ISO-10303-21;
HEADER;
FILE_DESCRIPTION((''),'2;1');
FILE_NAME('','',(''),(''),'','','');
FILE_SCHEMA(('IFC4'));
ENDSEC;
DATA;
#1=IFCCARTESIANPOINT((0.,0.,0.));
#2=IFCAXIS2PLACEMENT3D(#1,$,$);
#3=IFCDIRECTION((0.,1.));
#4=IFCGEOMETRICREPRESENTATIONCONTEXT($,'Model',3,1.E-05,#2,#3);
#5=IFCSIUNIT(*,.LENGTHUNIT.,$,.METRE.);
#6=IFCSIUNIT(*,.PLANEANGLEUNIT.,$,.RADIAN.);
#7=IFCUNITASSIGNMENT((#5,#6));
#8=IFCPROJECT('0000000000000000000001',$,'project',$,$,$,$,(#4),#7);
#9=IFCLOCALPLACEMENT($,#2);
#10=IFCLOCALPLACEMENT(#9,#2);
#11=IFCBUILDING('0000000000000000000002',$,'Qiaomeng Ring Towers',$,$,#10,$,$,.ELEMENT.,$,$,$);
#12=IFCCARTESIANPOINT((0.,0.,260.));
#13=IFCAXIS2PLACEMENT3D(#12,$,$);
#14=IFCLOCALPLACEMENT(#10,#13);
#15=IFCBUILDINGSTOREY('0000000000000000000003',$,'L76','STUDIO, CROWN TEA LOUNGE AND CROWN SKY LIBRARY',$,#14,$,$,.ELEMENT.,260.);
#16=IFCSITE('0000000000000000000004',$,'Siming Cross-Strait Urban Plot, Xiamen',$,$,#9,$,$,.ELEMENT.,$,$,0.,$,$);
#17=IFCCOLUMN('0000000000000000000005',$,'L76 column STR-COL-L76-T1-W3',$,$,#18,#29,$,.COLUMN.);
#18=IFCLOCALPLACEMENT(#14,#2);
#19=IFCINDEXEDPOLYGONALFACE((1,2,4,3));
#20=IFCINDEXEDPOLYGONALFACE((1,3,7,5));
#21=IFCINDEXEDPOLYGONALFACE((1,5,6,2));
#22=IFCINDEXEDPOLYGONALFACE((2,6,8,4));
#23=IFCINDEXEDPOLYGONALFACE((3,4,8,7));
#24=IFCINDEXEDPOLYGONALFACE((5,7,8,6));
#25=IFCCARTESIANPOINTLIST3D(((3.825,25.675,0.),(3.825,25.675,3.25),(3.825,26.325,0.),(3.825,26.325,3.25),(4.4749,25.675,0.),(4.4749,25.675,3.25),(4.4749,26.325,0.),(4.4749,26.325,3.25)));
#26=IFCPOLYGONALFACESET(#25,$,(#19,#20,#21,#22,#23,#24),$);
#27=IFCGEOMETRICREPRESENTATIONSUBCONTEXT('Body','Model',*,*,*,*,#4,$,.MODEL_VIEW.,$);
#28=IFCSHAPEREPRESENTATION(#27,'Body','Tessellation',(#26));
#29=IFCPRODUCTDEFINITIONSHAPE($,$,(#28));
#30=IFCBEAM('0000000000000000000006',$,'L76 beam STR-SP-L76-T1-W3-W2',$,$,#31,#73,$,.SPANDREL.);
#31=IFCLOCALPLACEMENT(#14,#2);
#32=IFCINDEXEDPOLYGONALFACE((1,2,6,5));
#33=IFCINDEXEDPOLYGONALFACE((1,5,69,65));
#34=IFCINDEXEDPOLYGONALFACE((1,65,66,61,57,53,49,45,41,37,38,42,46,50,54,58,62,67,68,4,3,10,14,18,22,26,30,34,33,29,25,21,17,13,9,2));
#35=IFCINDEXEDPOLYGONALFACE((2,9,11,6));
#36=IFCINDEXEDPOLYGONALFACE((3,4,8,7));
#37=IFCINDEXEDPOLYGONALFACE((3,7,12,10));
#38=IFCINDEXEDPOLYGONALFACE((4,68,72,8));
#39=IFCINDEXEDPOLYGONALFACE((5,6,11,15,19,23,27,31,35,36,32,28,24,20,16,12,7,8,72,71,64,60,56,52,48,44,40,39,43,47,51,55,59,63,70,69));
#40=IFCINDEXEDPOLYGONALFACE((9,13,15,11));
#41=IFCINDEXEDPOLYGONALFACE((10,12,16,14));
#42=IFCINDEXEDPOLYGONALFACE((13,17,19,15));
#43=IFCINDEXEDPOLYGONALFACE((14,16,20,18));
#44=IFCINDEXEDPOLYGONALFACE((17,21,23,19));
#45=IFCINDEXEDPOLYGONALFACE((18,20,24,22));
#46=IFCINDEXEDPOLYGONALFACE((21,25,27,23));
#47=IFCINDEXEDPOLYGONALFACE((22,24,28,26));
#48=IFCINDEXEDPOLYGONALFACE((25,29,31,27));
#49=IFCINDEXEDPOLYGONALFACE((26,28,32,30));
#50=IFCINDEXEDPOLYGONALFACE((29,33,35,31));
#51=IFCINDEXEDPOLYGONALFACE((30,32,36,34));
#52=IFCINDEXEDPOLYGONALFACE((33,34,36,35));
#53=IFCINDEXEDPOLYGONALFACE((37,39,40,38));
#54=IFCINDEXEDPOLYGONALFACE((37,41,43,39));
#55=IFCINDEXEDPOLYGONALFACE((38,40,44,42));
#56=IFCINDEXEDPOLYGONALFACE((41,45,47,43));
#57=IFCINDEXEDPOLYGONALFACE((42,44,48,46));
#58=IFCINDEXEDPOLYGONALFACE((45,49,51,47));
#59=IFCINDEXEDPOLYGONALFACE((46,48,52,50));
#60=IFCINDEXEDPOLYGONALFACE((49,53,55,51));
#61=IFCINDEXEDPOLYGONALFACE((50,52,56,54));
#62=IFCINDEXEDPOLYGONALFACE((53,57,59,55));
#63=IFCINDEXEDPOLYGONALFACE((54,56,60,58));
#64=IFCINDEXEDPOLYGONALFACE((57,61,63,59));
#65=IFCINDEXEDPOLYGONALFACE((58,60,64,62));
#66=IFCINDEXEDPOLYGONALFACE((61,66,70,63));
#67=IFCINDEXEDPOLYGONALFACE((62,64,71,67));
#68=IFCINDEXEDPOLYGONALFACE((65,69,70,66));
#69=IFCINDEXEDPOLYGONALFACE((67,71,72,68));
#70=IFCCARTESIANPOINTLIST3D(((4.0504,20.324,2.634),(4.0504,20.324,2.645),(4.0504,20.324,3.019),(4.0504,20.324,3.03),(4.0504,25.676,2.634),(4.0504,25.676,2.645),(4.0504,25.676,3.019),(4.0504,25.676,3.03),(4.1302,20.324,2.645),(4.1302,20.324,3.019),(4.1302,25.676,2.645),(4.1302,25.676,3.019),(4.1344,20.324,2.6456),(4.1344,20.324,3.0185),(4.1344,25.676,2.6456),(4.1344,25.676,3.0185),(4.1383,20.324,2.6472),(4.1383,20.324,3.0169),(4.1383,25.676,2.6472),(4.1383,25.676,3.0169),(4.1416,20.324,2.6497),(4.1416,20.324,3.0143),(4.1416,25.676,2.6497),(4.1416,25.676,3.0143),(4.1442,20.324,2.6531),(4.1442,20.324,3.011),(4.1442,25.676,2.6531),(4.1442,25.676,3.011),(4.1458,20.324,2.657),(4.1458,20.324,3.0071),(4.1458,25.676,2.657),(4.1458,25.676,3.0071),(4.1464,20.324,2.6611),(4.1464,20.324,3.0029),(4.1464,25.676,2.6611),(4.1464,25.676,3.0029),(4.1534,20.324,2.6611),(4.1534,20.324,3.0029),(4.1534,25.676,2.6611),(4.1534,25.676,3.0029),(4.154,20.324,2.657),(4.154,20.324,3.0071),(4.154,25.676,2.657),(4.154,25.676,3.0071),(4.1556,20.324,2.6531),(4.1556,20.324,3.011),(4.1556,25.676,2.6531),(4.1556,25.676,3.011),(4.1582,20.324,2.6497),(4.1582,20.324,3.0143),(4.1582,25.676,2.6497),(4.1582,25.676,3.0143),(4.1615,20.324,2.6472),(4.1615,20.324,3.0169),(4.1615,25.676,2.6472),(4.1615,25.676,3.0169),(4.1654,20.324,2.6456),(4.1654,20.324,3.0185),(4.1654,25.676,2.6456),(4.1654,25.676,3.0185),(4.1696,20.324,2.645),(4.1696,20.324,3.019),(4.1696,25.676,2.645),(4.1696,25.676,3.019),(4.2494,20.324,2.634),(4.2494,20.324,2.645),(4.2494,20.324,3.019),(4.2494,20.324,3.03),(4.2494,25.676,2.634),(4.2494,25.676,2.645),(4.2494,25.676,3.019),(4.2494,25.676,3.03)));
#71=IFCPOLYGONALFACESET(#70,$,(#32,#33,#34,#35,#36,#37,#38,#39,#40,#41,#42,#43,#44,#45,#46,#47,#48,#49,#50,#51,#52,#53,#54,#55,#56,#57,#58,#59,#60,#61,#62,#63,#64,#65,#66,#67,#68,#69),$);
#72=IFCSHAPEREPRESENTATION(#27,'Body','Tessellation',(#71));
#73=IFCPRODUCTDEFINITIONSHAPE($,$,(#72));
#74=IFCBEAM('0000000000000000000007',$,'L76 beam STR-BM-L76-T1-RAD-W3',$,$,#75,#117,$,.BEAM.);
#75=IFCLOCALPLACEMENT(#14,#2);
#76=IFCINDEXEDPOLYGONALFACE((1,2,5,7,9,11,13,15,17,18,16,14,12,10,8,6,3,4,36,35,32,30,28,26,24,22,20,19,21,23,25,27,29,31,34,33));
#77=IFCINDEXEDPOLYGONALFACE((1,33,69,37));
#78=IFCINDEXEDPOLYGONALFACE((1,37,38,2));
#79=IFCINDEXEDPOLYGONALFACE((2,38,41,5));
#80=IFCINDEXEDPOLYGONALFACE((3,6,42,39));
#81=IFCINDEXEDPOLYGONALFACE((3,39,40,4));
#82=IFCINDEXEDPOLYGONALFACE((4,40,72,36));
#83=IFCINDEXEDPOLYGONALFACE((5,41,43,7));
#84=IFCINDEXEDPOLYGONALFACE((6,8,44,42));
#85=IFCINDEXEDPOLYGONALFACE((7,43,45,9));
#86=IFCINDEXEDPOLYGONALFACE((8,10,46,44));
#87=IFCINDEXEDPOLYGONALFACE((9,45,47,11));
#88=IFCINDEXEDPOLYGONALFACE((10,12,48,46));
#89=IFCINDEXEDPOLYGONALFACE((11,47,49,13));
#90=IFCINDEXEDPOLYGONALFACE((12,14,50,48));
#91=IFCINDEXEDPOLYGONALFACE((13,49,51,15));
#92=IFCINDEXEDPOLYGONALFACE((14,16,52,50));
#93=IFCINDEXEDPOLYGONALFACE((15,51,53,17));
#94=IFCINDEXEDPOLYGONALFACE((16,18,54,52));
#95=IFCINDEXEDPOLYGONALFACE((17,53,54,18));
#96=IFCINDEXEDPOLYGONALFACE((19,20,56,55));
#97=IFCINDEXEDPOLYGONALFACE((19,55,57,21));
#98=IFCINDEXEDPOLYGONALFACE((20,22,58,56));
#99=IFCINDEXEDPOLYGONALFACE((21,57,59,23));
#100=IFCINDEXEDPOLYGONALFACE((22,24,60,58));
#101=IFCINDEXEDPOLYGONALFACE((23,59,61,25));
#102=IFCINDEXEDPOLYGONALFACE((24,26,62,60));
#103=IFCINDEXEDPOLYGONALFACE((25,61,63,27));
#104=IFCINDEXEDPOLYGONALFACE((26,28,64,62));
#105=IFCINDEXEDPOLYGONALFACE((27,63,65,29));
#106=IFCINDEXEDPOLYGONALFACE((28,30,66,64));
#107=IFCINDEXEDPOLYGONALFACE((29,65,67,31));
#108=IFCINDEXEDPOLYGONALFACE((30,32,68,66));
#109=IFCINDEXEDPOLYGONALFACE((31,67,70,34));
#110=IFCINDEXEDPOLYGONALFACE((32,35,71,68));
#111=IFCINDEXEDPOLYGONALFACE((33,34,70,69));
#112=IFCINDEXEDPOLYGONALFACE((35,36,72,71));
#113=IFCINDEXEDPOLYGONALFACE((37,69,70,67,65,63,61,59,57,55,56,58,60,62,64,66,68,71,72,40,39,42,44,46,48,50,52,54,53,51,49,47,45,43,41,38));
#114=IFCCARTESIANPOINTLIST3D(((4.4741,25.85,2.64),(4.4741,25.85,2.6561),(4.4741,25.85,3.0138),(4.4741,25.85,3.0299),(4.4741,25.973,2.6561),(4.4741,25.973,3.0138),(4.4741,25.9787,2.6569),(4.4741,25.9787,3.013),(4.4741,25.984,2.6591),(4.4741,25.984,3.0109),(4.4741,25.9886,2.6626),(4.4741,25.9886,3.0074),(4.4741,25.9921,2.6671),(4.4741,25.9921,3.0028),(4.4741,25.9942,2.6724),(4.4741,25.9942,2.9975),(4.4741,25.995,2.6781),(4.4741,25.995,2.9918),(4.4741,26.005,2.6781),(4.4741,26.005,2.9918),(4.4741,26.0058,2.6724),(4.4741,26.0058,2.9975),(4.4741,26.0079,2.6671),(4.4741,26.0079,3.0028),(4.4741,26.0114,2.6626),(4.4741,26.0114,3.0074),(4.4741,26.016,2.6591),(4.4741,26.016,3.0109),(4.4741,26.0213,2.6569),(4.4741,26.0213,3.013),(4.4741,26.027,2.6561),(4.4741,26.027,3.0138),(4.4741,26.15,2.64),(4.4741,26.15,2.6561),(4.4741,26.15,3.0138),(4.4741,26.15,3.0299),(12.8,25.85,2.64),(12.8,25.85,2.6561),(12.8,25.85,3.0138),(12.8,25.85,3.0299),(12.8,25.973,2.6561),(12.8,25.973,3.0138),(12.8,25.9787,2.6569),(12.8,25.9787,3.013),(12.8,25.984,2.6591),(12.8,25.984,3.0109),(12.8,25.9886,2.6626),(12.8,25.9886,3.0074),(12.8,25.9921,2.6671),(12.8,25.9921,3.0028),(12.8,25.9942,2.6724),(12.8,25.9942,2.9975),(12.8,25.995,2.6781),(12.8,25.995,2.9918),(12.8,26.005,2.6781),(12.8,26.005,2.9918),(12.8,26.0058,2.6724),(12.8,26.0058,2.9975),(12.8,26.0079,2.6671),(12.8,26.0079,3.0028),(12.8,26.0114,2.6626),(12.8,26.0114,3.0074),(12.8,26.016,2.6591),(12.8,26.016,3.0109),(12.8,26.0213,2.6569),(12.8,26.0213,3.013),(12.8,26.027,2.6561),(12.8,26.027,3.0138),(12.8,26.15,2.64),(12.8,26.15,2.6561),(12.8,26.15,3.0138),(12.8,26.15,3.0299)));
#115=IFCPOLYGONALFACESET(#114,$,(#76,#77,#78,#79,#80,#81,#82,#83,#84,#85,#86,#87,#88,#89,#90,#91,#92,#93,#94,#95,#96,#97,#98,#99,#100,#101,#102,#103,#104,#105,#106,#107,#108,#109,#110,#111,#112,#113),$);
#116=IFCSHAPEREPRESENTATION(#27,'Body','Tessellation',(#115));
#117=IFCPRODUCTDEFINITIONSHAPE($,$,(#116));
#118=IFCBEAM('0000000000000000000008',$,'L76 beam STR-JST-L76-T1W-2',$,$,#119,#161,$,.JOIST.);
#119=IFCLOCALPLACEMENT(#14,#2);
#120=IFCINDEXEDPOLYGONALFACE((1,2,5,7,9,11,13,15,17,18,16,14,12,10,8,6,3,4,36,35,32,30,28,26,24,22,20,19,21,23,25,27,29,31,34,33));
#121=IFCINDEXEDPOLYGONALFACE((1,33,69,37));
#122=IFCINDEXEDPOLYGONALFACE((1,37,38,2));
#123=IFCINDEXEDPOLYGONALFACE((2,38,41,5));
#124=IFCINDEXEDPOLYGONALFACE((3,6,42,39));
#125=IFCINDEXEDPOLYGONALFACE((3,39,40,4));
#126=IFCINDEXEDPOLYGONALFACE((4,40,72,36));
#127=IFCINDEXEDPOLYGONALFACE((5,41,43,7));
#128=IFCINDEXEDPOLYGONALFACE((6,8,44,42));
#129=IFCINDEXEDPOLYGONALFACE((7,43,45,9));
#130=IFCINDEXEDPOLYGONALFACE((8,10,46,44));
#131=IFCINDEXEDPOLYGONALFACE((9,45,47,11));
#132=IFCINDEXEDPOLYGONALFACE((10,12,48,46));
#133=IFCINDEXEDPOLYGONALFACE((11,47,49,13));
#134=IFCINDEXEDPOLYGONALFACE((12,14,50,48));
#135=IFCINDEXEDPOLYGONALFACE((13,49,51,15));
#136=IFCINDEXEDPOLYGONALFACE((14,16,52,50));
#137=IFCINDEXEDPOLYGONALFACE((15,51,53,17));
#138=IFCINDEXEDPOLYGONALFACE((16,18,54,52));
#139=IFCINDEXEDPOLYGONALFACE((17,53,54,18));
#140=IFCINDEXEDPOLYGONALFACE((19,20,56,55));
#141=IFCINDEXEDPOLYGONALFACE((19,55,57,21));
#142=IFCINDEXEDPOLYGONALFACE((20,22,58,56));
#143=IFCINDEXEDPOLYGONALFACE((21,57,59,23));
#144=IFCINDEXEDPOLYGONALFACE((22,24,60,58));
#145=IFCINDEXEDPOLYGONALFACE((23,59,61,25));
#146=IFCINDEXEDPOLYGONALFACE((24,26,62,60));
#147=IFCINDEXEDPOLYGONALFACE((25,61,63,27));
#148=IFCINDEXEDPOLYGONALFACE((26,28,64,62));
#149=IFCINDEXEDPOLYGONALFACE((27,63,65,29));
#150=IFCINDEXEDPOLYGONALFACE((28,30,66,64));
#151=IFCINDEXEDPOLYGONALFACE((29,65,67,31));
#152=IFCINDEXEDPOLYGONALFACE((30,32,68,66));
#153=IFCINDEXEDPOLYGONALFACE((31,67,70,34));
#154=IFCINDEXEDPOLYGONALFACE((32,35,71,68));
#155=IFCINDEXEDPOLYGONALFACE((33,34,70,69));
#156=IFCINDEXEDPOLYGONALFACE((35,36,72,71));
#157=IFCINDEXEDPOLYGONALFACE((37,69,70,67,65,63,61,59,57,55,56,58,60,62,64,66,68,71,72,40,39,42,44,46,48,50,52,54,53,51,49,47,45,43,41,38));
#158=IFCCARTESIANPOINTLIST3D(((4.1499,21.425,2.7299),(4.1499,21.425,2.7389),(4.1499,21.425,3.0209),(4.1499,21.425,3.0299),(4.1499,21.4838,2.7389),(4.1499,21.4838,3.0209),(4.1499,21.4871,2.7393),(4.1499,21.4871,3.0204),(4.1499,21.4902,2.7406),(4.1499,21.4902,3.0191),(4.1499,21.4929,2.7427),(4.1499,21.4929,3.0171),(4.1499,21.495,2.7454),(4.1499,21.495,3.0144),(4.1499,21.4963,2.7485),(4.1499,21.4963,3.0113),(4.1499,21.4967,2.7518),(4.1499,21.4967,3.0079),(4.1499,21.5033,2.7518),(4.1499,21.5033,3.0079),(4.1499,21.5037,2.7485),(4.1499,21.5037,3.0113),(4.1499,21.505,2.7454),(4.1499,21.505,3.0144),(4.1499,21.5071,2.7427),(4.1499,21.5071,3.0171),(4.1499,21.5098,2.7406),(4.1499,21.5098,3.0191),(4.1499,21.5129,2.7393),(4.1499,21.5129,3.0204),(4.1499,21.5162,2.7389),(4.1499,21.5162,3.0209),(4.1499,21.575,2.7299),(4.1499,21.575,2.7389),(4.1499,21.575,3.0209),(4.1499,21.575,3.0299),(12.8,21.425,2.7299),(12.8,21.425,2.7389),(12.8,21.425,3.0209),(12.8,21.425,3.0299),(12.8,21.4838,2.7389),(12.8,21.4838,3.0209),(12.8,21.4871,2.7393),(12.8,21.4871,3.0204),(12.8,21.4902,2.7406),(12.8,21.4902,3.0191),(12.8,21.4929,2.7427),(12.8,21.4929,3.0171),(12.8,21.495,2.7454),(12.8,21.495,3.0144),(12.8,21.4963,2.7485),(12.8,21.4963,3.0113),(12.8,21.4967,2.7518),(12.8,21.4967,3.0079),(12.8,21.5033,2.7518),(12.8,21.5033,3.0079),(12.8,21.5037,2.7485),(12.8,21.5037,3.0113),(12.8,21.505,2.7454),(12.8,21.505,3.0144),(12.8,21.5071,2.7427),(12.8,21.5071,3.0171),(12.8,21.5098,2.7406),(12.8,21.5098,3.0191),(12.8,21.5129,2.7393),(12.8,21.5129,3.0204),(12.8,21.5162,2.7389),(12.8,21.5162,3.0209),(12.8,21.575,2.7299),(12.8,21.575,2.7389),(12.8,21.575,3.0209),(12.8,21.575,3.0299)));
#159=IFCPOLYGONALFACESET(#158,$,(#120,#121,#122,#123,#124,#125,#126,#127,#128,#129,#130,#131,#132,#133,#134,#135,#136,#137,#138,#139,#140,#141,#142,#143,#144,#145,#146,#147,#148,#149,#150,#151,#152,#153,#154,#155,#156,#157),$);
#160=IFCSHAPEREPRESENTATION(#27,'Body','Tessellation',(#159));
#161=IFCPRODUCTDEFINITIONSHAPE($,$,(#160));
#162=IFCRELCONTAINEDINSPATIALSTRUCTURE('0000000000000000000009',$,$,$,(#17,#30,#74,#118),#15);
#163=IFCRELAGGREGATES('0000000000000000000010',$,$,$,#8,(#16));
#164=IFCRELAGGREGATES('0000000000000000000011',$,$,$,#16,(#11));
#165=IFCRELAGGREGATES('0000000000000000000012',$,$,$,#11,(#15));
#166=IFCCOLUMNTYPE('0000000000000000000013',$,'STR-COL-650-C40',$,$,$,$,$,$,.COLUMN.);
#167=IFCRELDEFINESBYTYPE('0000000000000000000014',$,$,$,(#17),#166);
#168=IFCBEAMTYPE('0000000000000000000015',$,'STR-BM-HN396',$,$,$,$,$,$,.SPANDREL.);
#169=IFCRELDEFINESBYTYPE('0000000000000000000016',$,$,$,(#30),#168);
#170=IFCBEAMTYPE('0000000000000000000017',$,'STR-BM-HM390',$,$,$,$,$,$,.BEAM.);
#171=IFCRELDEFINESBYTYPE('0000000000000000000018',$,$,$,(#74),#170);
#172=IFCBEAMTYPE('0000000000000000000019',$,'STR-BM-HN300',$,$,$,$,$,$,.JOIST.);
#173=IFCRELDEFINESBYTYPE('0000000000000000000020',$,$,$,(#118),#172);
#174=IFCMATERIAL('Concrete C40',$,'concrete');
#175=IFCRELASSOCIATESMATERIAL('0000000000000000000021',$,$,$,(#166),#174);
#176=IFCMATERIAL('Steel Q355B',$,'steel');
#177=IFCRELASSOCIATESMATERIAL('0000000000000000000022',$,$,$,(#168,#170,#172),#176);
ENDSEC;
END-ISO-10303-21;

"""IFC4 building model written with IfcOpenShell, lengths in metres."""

from ifc_helpers import new_model, si_unit, direction, frame, origin, origin_2d, place, context, subcontext, project, spatial, rectangle, i_section, extrude, source, transform, mapped, material, material_profile, profile_set, type_object, element, save


model = new_model("IFC4")

# Units and contexts
model_context = context("Model", 3, precision=1e-05, world=origin(), true_north=direction((0.0, 1.0)))
body_context = subcontext(model_context, "Body", "Model", "MODEL_VIEW")
ifc_project = project(units=[si_unit("LENGTHUNIT", "METRE"), si_unit("PLANEANGLEUNIT", "RADIAN")], contexts=[model_context])

# Site, building, storey
site_placement = place(None, origin())
site = spatial("IfcSite", under=ifc_project, at=site_placement, Name="Siming Cross-Strait Urban Plot, Xiamen", CompositionType="ELEMENT", RefElevation=0.0)
building_placement = place(site_placement, origin())
building = spatial("IfcBuilding", under=site, at=building_placement, Name="Qiaomeng Ring Towers", CompositionType="ELEMENT")
storey_placement = place(building_placement, frame((0.0, 0.0, 260.0)))
storey = spatial("IfcBuildingStorey", under=building, at=storey_placement, Name="L76", Description="STUDIO, CROWN TEA LOUNGE AND CROWN SKY LIBRARY", CompositionType="ELEMENT", Elevation=260.0)

# Column
ifc_material_1 = material(Name="Concrete C40", Category="concrete")
ifc_material_profile_1 = material_profile(ifc_material_1, rectangle(XDim=0.6499, YDim=0.6499, at=origin_2d()), Name="RC COL 650x650")
ifc_profile_set_1 = profile_set([ifc_material_profile_1], Name="Concrete C40")
column_type = type_object("IfcColumnType", Name="STR-COL-650-C40", PredefinedType="COLUMN", material=ifc_profile_set_1)
shared_shape_1 = source(origin(), body_context, "Body", "SweptSolid", [
    extrude(rectangle(XDim=0.6499, YDim=0.6499, at=origin_2d()), origin(), (0.0, 0.0, 1.0), 3.25),
])
column_placement = place(storey_placement, frame((4.1499, 26.0, 0.0), z_axis=(0.0, 0.0, 1.0), x_axis=(1.0, 0.0, 0.0)))
element("IfcColumn", 1, at=column_placement, inside=storey, type_object=column_type, Name="L76 column STR-COL-L76-T1-W3", PredefinedType="COLUMN", context=body_context, shape_type="MappedRepresentation", body=[
    mapped(shared_shape_1, transform((0.0, 0.0, 0.0), x_axis=(1.0, 0.0, 0.0), y_axis=(0.0, 1.0, 0.0), z_axis=(0.0, 0.0, 1.0), scale=1.0)),
])

# Beams
ifc_material_2 = material(Name="Steel Q355B", Category="steel")
ifc_material_profile_2 = material_profile(ifc_material_2, i_section(OverallWidth=0.199, OverallDepth=0.396, WebThickness=0.0071, FlangeThickness=0.011, FilletRadius=0.0161, at=origin_2d()), Name="HN 396x199x7x11")
ifc_profile_set_2 = profile_set([ifc_material_profile_2], Name="Steel Q355B")
beam_type_1 = type_object("IfcBeamType", Name="STR-BM-HN396", PredefinedType="SPANDREL", material=ifc_profile_set_2)
shared_shape_2 = source(origin(), body_context, "Body", "SweptSolid", [
    extrude(i_section(OverallWidth=0.199, OverallDepth=0.396, WebThickness=0.0071, FlangeThickness=0.011, FilletRadius=0.0161, at=origin_2d()), origin(), (0.0, 0.0, 1.0), 5.3521),
])
beam_1_placement = place(storey_placement, frame((4.1499, 25.676, 2.832), z_axis=(0.0, -1.0, 0.0), x_axis=(1.0, 0.0, 0.0)))
element("IfcBeam", 2, at=beam_1_placement, inside=storey, type_object=beam_type_1, Name="L76 beam STR-SP-L76-T1-W3-W2", PredefinedType="SPANDREL", context=body_context, shape_type="MappedRepresentation", body=[
    mapped(shared_shape_2, transform((0.0, 0.0, 0.0), x_axis=(1.0, 0.0, 0.0), y_axis=(0.0, 1.0, 0.0), z_axis=(0.0, 0.0, 1.0), scale=1.0)),
])
ifc_material_profile_3 = material_profile(ifc_material_2, i_section(OverallWidth=0.3, OverallDepth=0.3899, WebThickness=0.01, FlangeThickness=0.0161, FilletRadius=0.022, at=origin_2d()), Name="HM 390x300x10x16")
ifc_profile_set_3 = profile_set([ifc_material_profile_3], Name="Steel Q355B")
beam_type_2 = type_object("IfcBeamType", Name="STR-BM-HM390", PredefinedType="BEAM", material=ifc_profile_set_3)
shared_shape_3 = source(origin(), body_context, "Body", "SweptSolid", [
    extrude(i_section(OverallWidth=0.3, OverallDepth=0.3899, WebThickness=0.01, FlangeThickness=0.0161, FilletRadius=0.022, at=origin_2d()), origin(), (0.0, 0.0, 1.0), 8.3259),
])
beam_2_placement = place(storey_placement, frame((4.4741, 26.0, 2.835), z_axis=(1.0, 0.0, 0.0), x_axis=(0.0, 1.0, 0.0)))
element("IfcBeam", 3, at=beam_2_placement, inside=storey, type_object=beam_type_2, Name="L76 beam STR-BM-L76-T1-RAD-W3", PredefinedType="BEAM", context=body_context, shape_type="MappedRepresentation", body=[
    mapped(shared_shape_3, transform((0.0, 0.0, 0.0), x_axis=(1.0, 0.0, 0.0), y_axis=(0.0, 1.0, 0.0), z_axis=(0.0, 0.0, 1.0), scale=1.0)),
])
ifc_material_profile_4 = material_profile(ifc_material_2, i_section(OverallWidth=0.1499, OverallDepth=0.3, WebThickness=0.0066, FlangeThickness=0.009, FilletRadius=0.0129, at=origin_2d()), Name="HN 300x150x6.5x9")
ifc_profile_set_4 = profile_set([ifc_material_profile_4], Name="Steel Q355B")
beam_type_3 = type_object("IfcBeamType", Name="STR-BM-HN300", PredefinedType="JOIST", material=ifc_profile_set_4)
shared_shape_4 = source(origin(), body_context, "Body", "SweptSolid", [
    extrude(i_section(OverallWidth=0.1499, OverallDepth=0.3, WebThickness=0.0066, FlangeThickness=0.009, FilletRadius=0.0129, at=origin_2d()), origin(), (0.0, 0.0, 1.0), 8.6501),
])
for number, where, z_axis, x_axis, name in (
    (4, (4.1499, 21.5, 2.8799), (1.0, 0.0, 0.0), (0.0, 1.0, 0.0), "L76 beam STR-JST-L76-T1W-2"),
):
    element("IfcBeam", number, at=place(storey_placement, frame(where, z_axis=z_axis, x_axis=x_axis)), inside=storey, type_object=beam_type_3, Name=name, PredefinedType="JOIST", context=body_context, shape_type="MappedRepresentation", body=[
        mapped(shared_shape_4, transform((0.0, 0.0, 0.0), x_axis=(1.0, 0.0, 0.0), y_axis=(0.0, 1.0, 0.0), z_axis=(0.0, 0.0, 1.0), scale=1.0)),
    ])

save(model, "model.ifc")
